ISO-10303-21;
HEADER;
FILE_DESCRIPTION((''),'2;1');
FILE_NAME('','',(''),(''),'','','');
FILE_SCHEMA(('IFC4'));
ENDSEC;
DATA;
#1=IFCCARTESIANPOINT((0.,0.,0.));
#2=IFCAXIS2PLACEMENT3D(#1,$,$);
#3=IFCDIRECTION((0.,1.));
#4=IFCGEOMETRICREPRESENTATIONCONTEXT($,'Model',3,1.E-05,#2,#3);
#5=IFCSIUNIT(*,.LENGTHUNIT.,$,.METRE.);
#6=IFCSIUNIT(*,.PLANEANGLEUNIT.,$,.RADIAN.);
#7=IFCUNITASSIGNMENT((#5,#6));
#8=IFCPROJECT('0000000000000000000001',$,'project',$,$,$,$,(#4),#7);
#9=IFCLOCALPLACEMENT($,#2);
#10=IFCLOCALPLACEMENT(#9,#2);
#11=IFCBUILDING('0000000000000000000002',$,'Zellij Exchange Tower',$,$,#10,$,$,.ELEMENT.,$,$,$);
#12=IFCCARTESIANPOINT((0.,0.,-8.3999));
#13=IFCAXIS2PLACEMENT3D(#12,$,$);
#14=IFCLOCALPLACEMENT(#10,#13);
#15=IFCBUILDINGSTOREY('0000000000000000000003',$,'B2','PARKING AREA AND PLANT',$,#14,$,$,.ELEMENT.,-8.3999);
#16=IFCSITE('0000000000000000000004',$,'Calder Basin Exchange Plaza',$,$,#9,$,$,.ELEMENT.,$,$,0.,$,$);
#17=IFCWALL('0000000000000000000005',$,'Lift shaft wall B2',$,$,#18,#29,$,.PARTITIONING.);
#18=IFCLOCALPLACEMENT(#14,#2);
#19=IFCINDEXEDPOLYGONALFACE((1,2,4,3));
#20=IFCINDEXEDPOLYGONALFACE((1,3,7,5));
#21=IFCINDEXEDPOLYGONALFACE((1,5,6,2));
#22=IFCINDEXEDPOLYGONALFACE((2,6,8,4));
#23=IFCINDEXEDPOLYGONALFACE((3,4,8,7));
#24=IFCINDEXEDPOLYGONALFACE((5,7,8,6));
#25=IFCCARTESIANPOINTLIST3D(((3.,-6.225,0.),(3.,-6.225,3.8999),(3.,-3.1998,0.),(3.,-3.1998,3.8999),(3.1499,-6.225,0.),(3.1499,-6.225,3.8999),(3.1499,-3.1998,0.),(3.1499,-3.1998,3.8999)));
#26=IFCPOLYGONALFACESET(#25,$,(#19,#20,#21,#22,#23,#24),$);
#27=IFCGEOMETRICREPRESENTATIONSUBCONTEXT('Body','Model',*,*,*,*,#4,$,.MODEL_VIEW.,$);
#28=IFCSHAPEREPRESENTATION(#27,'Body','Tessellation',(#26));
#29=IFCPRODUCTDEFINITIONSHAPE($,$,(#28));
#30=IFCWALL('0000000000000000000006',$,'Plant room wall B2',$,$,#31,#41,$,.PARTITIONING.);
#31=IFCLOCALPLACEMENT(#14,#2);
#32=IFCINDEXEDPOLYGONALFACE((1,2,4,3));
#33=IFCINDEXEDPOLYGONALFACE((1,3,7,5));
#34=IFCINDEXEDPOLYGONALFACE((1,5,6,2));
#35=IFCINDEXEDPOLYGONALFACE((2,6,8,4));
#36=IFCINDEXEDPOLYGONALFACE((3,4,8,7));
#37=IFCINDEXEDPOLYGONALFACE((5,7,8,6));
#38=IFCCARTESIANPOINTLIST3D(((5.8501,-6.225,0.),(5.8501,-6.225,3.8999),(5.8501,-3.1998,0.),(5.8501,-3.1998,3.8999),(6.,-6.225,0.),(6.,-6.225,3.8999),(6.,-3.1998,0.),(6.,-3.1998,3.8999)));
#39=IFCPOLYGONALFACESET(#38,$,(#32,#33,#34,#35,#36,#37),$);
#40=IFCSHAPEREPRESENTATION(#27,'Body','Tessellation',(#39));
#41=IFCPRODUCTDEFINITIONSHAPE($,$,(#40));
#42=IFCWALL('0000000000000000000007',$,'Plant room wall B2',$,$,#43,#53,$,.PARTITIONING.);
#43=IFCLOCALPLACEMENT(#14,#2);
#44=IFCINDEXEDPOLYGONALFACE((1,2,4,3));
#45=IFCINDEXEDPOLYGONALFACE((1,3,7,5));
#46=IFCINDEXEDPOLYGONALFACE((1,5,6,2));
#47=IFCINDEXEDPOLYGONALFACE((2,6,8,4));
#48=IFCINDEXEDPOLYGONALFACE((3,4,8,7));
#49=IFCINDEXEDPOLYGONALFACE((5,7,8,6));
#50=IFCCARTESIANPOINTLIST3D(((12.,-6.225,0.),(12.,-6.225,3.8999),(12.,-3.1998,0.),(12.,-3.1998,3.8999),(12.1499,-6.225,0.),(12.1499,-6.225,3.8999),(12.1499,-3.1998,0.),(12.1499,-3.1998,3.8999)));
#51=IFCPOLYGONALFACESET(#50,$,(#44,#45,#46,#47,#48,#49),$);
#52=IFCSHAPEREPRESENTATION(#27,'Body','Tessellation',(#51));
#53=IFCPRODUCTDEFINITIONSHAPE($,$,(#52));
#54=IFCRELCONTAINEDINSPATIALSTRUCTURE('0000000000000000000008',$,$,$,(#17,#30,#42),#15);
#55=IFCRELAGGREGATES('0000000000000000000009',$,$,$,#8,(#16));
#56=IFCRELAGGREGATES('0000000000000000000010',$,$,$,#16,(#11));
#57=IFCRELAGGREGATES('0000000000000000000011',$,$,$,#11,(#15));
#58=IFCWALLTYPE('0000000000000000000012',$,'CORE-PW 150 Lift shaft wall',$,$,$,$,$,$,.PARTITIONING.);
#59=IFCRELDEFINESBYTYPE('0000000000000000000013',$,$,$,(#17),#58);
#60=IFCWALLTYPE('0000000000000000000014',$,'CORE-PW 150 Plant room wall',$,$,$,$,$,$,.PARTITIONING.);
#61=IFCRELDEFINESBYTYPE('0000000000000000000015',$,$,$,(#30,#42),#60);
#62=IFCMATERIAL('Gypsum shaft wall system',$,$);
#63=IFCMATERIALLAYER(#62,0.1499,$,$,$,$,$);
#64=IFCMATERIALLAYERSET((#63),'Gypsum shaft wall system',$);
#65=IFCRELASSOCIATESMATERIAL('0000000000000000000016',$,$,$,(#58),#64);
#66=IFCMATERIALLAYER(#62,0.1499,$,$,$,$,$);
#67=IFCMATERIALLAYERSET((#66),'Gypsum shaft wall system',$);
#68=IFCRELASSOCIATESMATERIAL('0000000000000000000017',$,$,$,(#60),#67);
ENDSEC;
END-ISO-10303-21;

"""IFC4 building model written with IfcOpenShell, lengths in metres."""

from ifc_helpers import new_model, si_unit, direction, frame, frame_2d, origin, place, context, subcontext, project, spatial, rectangle, extrude, material, layer, layer_set, type_object, element, save


model = new_model("IFC4")

# Units and contexts
model_context = context("Model", 3, precision=1e-05, world=origin(), true_north=direction((0.0, 1.0)))
body_context = subcontext(model_context, "Body", "Model", "MODEL_VIEW")
ifc_project = project(units=[si_unit("LENGTHUNIT", "METRE"), si_unit("PLANEANGLEUNIT", "RADIAN")], contexts=[model_context])

# Site, building, storey
site_placement = place(None, origin())
site = spatial("IfcSite", under=ifc_project, at=site_placement, Name="Calder Basin Exchange Plaza", CompositionType="ELEMENT", RefElevation=0.0)
building_placement = place(site_placement, origin())
building = spatial("IfcBuilding", under=site, at=building_placement, Name="Zellij Exchange Tower", CompositionType="ELEMENT")
storey_placement = place(building_placement, frame((0.0, 0.0, -8.3999)))
storey = spatial("IfcBuildingStorey", under=building, at=storey_placement, Name="B2", Description="PARKING AREA AND PLANT", CompositionType="ELEMENT", Elevation=-8.3999)

# Walls
ifc_material_1 = material(Name="Gypsum shaft wall system")
ifc_layer_1 = layer(ifc_material_1, 0.1499)
ifc_layer_set_1 = layer_set([ifc_layer_1], Name="Gypsum shaft wall system")
wall_type_1 = type_object("IfcWallType", Name="CORE-PW 150 Lift shaft wall", PredefinedType="PARTITIONING", material=ifc_layer_set_1)
wall_1_placement = place(storey_placement, frame((3.075, -6.2251, 0.0), z_axis=(0.0, 0.0, 1.0), x_axis=(0.0, 1.0, 0.0)))
element("IfcWall", 1, at=wall_1_placement, inside=storey, type_object=wall_type_1, Name="Lift shaft wall B2", PredefinedType="PARTITIONING", context=body_context, shape_type="SweptSolid", body=[
    extrude(rectangle(XDim=3.0251, YDim=0.1499, at=frame_2d((1.5127, 0.0))), origin(), (0.0, 0.0, 1.0), 3.8999),
])
ifc_layer_2 = layer(ifc_material_1, 0.1499)
ifc_layer_set_2 = layer_set([ifc_layer_2], Name="Gypsum shaft wall system")
wall_type_2 = type_object("IfcWallType", Name="CORE-PW 150 Plant room wall", PredefinedType="PARTITIONING", material=ifc_layer_set_2)
for number, where, z_axis, x_axis, name in (
    (2, (5.925, -6.2251, 0.0), (0.0, 0.0, 1.0), (0.0, 1.0, 0.0), "Plant room wall B2"),
    (3, (12.075, -6.2251, 0.0), (0.0, 0.0, 1.0), (0.0, 1.0, 0.0), "Plant room wall B2"),
):
    element("IfcWall", number, at=place(storey_placement, frame(where, z_axis=z_axis, x_axis=x_axis)), inside=storey, type_object=wall_type_2, Name=name, PredefinedType="PARTITIONING", context=body_context, shape_type="SweptSolid", body=[
        extrude(rectangle(XDim=3.0251, YDim=0.1499, at=frame_2d((1.5127, 0.0))), origin(), (0.0, 0.0, 1.0), 3.8999),
    ])

save(model, "model.ifc")
